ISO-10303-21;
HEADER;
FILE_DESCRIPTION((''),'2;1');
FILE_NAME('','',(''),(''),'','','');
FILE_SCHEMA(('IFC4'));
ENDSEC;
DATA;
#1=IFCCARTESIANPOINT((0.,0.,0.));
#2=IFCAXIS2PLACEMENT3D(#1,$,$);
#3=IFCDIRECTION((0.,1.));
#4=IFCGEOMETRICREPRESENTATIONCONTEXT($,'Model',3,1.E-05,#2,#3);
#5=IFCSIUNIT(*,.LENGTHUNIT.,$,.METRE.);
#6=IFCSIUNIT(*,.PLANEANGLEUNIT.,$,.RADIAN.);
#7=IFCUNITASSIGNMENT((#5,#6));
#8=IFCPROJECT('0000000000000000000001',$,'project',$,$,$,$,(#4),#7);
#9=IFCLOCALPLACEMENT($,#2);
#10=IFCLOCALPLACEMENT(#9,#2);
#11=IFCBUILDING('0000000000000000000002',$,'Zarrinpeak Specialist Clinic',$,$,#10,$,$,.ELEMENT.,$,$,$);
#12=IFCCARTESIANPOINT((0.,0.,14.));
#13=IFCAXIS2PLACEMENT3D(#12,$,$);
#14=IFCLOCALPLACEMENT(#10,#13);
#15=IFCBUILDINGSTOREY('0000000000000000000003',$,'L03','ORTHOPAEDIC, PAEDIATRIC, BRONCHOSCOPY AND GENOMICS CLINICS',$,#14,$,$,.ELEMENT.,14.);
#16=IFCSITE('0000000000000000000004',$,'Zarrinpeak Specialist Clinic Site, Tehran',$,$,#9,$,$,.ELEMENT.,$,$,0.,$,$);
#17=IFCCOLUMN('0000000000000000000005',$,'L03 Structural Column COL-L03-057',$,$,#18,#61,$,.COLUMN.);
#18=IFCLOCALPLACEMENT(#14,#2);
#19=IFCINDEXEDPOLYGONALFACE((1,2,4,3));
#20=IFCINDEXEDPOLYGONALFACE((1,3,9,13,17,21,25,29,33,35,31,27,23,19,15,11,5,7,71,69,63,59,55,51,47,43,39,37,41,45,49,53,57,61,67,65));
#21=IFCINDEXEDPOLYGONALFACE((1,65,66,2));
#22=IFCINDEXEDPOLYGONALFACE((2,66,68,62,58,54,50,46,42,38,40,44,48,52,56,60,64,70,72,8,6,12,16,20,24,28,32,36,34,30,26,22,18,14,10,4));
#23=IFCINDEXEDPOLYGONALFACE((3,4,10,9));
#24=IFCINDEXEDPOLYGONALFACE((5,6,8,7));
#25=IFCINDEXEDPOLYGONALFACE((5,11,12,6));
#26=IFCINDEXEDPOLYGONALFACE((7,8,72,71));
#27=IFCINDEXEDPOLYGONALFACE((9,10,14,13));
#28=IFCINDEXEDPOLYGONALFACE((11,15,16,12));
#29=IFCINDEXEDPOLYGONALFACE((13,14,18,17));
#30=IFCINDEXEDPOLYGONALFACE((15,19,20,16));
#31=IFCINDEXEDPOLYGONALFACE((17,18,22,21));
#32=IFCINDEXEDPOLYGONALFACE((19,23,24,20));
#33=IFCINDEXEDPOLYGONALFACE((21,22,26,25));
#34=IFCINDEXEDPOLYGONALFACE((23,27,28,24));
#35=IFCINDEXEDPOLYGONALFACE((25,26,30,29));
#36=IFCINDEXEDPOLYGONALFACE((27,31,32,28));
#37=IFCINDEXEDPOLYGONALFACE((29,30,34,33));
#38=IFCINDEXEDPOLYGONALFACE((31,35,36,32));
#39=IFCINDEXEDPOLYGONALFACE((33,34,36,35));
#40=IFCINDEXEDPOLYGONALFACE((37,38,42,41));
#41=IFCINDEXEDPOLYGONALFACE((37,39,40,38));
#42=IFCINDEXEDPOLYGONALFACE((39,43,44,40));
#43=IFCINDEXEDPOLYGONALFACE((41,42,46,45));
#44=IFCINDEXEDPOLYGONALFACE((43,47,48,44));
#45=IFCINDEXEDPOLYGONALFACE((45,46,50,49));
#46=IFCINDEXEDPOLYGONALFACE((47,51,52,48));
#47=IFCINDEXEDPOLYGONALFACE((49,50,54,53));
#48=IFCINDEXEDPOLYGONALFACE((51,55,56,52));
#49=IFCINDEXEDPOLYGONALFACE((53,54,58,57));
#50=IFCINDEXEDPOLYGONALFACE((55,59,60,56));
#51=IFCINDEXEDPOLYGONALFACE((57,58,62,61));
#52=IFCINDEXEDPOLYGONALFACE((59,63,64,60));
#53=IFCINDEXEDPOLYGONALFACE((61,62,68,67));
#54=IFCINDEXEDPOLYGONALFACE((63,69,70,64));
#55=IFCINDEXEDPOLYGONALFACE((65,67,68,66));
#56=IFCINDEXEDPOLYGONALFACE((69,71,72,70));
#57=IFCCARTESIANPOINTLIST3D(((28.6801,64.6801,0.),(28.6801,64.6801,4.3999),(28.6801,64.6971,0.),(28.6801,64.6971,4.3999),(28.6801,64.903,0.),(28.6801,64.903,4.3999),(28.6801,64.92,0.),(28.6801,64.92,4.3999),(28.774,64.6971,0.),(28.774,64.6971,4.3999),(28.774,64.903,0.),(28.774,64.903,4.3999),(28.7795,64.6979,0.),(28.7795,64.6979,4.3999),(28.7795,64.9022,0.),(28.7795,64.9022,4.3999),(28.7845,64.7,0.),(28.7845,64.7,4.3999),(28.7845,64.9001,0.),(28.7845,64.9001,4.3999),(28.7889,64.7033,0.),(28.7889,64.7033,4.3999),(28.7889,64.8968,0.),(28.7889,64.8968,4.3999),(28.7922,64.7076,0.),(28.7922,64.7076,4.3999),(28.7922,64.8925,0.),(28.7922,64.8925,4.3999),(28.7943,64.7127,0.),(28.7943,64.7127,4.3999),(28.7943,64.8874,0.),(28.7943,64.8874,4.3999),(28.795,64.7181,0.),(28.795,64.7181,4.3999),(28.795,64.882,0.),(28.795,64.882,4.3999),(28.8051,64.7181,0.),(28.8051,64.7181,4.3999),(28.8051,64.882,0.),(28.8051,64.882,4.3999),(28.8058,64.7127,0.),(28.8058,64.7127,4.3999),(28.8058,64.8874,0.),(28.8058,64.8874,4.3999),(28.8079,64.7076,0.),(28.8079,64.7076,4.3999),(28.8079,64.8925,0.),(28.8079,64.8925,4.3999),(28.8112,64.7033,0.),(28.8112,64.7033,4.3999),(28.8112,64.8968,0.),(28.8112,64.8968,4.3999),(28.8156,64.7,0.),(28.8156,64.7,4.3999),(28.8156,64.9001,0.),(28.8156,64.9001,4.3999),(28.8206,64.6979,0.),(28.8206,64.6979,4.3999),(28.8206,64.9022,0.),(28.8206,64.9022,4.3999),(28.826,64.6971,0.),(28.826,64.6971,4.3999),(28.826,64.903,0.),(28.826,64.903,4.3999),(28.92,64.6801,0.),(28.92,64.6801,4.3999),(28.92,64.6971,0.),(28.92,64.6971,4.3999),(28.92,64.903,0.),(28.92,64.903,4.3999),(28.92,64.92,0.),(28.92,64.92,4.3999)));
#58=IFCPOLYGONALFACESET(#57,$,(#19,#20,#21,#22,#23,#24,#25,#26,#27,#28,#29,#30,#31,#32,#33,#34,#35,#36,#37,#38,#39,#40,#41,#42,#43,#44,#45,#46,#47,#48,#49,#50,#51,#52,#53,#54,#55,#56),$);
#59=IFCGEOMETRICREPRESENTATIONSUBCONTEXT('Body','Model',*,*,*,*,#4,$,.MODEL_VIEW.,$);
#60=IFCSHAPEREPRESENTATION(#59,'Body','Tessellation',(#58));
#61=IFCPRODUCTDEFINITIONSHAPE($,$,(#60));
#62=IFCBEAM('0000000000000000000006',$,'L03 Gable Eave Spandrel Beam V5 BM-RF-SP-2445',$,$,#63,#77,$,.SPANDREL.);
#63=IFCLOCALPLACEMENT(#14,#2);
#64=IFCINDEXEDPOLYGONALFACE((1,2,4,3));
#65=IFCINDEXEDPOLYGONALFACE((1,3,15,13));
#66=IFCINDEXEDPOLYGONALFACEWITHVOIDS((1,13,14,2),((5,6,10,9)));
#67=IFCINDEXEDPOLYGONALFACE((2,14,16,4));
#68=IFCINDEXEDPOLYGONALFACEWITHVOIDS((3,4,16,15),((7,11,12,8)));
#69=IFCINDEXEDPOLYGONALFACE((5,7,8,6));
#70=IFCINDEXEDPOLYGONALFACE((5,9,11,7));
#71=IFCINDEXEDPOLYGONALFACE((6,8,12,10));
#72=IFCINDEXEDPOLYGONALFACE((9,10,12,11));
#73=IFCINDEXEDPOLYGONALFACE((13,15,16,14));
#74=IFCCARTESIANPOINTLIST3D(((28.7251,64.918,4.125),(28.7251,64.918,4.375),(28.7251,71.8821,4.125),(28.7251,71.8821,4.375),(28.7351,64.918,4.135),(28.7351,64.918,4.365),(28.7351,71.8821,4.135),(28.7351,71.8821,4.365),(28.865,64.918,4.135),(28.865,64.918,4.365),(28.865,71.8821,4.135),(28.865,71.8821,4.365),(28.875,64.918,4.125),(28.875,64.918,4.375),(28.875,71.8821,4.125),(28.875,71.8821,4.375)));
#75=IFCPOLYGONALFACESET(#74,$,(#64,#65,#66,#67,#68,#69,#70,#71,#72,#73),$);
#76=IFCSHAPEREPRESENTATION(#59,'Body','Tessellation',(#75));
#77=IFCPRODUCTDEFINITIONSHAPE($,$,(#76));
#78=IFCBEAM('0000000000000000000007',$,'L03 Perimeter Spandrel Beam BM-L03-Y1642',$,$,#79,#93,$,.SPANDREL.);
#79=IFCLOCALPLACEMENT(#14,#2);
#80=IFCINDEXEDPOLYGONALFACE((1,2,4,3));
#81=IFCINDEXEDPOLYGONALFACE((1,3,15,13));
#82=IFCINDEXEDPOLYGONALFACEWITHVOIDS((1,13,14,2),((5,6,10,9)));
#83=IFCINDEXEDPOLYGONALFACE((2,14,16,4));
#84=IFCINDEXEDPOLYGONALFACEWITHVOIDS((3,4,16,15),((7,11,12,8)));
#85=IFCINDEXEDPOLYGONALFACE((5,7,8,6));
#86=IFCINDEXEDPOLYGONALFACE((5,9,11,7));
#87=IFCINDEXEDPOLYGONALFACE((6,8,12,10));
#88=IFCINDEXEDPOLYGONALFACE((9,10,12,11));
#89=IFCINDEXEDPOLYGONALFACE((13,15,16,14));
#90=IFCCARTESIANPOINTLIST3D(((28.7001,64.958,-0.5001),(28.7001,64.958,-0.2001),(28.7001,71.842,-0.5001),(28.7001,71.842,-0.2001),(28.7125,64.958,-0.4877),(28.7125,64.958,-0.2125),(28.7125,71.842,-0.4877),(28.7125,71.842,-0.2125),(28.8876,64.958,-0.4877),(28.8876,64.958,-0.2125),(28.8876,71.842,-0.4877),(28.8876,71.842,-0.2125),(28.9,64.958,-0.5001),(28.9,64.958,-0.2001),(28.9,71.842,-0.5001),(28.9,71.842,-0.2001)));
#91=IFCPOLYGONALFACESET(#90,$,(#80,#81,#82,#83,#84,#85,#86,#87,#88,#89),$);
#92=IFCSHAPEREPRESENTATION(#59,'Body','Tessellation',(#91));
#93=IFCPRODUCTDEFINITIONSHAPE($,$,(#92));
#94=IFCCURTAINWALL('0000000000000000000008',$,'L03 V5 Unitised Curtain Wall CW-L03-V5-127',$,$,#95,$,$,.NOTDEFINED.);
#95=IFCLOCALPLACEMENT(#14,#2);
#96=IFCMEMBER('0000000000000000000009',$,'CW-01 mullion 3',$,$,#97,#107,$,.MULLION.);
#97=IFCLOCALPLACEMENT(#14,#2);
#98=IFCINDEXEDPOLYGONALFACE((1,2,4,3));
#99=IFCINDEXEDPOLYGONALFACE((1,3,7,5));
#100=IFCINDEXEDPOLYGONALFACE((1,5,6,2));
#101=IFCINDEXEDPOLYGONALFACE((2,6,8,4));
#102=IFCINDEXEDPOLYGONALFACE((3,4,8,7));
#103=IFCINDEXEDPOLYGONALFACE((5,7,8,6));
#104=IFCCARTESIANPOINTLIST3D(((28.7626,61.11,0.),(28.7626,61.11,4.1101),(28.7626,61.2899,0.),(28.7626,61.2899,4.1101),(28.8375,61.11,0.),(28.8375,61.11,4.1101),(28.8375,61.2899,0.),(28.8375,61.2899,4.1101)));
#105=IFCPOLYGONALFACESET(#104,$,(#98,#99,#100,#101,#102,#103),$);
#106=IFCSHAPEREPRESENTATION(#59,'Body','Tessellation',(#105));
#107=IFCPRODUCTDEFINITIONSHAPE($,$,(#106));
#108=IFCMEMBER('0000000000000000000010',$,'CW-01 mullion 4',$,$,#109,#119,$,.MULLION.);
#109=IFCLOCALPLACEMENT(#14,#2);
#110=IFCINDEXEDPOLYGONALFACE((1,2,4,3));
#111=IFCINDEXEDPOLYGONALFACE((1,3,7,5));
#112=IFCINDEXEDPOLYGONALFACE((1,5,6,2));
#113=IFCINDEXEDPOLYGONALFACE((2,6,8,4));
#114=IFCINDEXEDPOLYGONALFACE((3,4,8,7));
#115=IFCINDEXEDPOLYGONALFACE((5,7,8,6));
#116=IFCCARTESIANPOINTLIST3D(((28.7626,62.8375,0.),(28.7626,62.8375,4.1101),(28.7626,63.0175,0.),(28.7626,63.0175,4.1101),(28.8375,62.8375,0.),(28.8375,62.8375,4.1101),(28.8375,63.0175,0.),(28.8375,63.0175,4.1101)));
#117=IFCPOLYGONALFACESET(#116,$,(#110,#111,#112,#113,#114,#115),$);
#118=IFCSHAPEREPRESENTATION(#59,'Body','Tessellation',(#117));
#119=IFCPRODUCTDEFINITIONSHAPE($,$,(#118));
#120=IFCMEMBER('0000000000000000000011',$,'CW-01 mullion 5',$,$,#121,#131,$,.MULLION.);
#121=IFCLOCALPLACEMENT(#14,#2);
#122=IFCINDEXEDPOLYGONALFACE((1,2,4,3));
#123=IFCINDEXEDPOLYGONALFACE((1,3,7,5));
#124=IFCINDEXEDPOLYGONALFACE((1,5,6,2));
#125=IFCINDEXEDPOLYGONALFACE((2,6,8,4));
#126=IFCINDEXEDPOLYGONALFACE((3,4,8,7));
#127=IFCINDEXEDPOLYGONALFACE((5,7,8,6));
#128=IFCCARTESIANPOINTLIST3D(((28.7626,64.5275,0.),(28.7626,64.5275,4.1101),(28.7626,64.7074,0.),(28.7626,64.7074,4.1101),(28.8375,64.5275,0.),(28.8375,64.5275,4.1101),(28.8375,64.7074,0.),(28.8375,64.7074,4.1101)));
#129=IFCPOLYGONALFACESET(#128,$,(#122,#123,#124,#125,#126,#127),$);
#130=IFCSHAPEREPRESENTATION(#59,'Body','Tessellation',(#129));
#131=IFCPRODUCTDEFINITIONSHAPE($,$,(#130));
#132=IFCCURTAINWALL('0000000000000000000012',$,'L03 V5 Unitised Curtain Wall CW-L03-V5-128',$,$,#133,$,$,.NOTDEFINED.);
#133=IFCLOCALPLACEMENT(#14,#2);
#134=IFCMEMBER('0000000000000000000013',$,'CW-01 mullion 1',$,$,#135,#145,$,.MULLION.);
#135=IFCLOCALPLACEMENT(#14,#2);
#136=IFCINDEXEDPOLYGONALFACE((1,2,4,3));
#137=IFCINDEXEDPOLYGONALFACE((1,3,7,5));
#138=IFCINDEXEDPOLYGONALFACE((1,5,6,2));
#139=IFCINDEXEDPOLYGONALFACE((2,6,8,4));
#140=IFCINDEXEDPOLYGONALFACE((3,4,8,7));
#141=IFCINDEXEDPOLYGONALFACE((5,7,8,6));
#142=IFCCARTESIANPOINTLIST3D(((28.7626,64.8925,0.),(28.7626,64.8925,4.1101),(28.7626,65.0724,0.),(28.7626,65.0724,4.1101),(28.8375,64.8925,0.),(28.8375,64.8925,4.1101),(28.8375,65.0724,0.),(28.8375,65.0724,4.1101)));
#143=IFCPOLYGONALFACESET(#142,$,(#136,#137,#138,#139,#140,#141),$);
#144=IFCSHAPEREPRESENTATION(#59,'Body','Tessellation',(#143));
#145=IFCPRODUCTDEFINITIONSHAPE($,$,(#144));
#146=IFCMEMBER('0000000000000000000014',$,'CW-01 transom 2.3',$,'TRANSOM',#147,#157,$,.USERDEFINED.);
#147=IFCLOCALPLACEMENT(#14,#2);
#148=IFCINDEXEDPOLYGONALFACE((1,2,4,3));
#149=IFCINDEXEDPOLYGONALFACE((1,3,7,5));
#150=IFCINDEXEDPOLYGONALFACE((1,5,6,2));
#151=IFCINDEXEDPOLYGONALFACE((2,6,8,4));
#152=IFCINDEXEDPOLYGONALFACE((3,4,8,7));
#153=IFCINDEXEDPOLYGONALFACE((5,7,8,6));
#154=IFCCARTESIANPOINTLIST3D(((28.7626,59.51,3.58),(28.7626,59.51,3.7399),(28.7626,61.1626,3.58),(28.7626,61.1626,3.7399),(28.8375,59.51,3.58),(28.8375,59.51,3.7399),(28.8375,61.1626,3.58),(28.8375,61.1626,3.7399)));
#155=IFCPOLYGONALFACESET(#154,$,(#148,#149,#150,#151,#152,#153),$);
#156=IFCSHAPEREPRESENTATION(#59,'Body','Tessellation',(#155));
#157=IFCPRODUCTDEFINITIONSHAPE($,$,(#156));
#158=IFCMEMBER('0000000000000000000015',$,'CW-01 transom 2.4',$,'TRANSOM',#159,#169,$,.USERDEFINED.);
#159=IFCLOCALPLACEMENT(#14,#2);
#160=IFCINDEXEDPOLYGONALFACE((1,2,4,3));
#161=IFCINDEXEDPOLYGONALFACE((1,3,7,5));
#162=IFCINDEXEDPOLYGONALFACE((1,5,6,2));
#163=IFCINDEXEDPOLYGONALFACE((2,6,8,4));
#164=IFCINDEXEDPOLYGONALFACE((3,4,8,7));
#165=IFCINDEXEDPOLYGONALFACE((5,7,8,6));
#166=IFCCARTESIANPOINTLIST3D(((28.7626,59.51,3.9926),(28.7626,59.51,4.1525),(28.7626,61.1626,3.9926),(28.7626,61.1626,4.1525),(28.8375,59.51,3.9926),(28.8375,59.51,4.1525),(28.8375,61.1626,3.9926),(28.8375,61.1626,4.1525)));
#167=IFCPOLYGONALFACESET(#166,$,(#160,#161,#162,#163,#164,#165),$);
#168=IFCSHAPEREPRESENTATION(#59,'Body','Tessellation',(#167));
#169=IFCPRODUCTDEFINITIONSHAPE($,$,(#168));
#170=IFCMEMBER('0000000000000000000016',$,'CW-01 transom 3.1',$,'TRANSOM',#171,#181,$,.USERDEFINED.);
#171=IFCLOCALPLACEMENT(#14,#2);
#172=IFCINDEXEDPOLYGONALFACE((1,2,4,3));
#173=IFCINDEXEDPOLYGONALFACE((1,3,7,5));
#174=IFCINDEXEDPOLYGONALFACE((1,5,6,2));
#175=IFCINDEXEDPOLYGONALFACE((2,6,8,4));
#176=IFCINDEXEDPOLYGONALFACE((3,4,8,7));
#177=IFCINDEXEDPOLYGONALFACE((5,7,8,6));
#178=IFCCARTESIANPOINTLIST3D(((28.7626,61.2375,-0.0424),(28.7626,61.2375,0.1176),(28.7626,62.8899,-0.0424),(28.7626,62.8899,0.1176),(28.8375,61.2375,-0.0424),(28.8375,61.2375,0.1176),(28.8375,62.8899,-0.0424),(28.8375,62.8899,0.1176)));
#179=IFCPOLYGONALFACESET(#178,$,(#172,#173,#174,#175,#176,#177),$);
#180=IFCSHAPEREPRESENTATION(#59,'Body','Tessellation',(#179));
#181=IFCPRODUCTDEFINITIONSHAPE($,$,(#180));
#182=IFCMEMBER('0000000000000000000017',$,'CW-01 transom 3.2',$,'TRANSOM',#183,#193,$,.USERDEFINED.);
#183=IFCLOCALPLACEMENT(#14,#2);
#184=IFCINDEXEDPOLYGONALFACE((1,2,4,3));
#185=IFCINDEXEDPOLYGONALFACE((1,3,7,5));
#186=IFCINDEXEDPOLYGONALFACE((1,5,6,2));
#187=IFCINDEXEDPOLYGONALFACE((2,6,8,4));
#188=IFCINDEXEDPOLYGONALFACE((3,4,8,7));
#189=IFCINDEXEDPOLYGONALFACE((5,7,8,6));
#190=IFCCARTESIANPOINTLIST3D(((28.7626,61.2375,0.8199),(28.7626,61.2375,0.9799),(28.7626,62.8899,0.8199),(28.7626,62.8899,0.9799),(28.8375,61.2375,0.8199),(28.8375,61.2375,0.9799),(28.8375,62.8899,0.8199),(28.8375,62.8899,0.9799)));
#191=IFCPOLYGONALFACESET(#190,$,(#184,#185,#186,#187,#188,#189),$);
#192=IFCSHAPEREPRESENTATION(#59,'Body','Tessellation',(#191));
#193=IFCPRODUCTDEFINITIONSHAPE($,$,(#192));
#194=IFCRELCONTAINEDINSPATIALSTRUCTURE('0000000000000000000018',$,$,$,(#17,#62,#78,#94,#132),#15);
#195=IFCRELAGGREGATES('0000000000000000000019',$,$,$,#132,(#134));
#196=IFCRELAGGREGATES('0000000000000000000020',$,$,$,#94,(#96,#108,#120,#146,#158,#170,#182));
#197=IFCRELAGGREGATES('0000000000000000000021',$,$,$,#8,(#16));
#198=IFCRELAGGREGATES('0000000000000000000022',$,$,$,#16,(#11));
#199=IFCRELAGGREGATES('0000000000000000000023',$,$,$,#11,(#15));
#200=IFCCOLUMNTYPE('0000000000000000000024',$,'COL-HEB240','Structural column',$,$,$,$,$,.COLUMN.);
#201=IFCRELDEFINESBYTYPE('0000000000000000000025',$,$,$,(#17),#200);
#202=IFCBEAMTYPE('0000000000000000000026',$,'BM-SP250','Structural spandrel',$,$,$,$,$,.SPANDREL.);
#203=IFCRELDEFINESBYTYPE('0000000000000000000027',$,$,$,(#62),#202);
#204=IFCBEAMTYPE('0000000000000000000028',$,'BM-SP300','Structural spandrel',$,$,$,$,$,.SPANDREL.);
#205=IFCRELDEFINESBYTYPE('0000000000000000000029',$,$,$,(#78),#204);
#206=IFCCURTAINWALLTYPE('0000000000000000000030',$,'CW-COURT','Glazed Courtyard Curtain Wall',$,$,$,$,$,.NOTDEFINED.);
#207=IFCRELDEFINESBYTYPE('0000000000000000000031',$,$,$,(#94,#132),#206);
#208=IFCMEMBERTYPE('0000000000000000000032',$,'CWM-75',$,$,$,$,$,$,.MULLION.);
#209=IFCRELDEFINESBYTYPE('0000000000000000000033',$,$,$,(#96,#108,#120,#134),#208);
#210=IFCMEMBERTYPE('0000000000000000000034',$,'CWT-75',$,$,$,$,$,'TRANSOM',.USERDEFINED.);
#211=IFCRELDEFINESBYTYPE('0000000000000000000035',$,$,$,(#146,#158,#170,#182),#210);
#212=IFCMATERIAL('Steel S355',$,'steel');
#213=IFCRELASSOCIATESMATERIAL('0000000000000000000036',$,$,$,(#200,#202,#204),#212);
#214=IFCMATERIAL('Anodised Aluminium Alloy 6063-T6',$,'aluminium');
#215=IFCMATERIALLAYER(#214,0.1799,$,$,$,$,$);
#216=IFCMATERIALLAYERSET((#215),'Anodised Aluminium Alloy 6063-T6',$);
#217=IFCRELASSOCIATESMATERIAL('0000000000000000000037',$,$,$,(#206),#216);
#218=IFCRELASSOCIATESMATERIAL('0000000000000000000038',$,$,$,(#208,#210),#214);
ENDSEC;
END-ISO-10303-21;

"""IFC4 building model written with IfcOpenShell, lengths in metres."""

from ifc_helpers import new_model, si_unit, direction, frame, origin, origin_2d, place, context, subcontext, project, spatial, rectangle, hollow_rectangle, i_section, extrude, material, layer, layer_set, material_profile, profile_set, type_object, element, aggregate, save


model = new_model("IFC4")

# Units and contexts
model_context = context("Model", 3, precision=1e-05, world=origin(), true_north=direction((0.0, 1.0)))
body_context = subcontext(model_context, "Body", "Model", "MODEL_VIEW")
ifc_project = project(units=[si_unit("LENGTHUNIT", "METRE"), si_unit("PLANEANGLEUNIT", "RADIAN")], contexts=[model_context])

# Site, building, storey
site_placement = place(None, origin())
site = spatial("IfcSite", under=ifc_project, at=site_placement, Name="Zarrinpeak Specialist Clinic Site, Tehran", CompositionType="ELEMENT", RefElevation=0.0)
building_placement = place(site_placement, origin())
building = spatial("IfcBuilding", under=site, at=building_placement, Name="Zarrinpeak Specialist Clinic", CompositionType="ELEMENT")
storey_placement = place(building_placement, frame((0.0, 0.0, 14.0)))
storey = spatial("IfcBuildingStorey", under=building, at=storey_placement, Name="L03", Description="ORTHOPAEDIC, PAEDIATRIC, BRONCHOSCOPY AND GENOMICS CLINICS", CompositionType="ELEMENT", Elevation=14.0)

# Column
ifc_material_1 = material(Name="Steel S355", Category="steel")
ifc_material_profile_1 = material_profile(ifc_material_1, i_section(OverallWidth=0.24, OverallDepth=0.24, WebThickness=0.01, FlangeThickness=0.0171, FilletRadius=0.021, at=origin_2d()), Name="HEB 240")
ifc_profile_set_1 = profile_set([ifc_material_profile_1], Name="Steel S355")
column_type = type_object("IfcColumnType", Name="COL-HEB240", Description="Structural column", PredefinedType="COLUMN", material=ifc_profile_set_1)
column_placement = place(storey_placement, frame((28.8, 64.8, 0.0), z_axis=(0.0, 0.0, 1.0), x_axis=(1.0, 0.0, 0.0)))
element("IfcColumn", 1, at=column_placement, inside=storey, type_object=column_type, Name="L03 Structural Column COL-L03-057", PredefinedType="COLUMN", context=body_context, shape_type="SweptSolid", body=[
    extrude(i_section(OverallWidth=0.24, OverallDepth=0.24, WebThickness=0.01, FlangeThickness=0.0171, FilletRadius=0.021, at=origin_2d()), origin(), (0.0, 0.0, 1.0), 4.3999),
])

# Beams
ifc_material_profile_2 = material_profile(ifc_material_1, hollow_rectangle(XDim=0.1499, YDim=0.25, WallThickness=0.01, at=origin_2d()), Name="RHS 250x150x10.0")
ifc_profile_set_2 = profile_set([ifc_material_profile_2], Name="Steel S355")
beam_type_1 = type_object("IfcBeamType", Name="BM-SP250", Description="Structural spandrel", PredefinedType="SPANDREL", material=ifc_profile_set_2)
beam_1_placement = place(storey_placement, frame((28.8, 64.918, 4.25), z_axis=(0.0, 1.0, 0.0), x_axis=(-1.0, 0.0, 0.0)))
element("IfcBeam", 2, at=beam_1_placement, inside=storey, type_object=beam_type_1, Name="L03 Gable Eave Spandrel Beam V5 BM-RF-SP-2445", PredefinedType="SPANDREL", context=body_context, shape_type="SweptSolid", body=[
    extrude(hollow_rectangle(XDim=0.1499, YDim=0.25, WallThickness=0.01, at=origin_2d()), origin(), (0.0, 0.0, 1.0), 6.9641),
])
ifc_material_profile_3 = material_profile(ifc_material_1, hollow_rectangle(XDim=0.2, YDim=0.3, WallThickness=0.0125, at=origin_2d()), Name="RHS 300x200x12.5")
ifc_profile_set_3 = profile_set([ifc_material_profile_3], Name="Steel S355")
beam_type_2 = type_object("IfcBeamType", Name="BM-SP300", Description="Structural spandrel", PredefinedType="SPANDREL", material=ifc_profile_set_3)
beam_2_placement = place(storey_placement, frame((28.8, 64.958, -0.3501), z_axis=(0.0, 1.0, 0.0), x_axis=(-1.0, 0.0, 0.0)))
element("IfcBeam", 3, at=beam_2_placement, inside=storey, type_object=beam_type_2, Name="L03 Perimeter Spandrel Beam BM-L03-Y1642", PredefinedType="SPANDREL", context=body_context, shape_type="SweptSolid", body=[
    extrude(hollow_rectangle(XDim=0.2, YDim=0.3, WallThickness=0.0125, at=origin_2d()), origin(), (0.0, 0.0, 1.0), 6.884),
])

# Curtain wall, members
ifc_material_2 = material(Name="Anodised Aluminium Alloy 6063-T6", Category="aluminium")
ifc_layer_1 = layer(ifc_material_2, 0.1799)
ifc_layer_set_1 = layer_set([ifc_layer_1], Name="Anodised Aluminium Alloy 6063-T6")
curtain_wall_type = type_object("IfcCurtainWallType", Name="CW-COURT", Description="Glazed Courtyard Curtain Wall", PredefinedType="NOTDEFINED", material=ifc_layer_set_1)
curtain_wall_1_placement = place(storey_placement, origin())
curtain_wall_1 = element("IfcCurtainWall", 4, at=curtain_wall_1_placement, inside=storey, type_object=curtain_wall_type, Name="L03 V5 Unitised Curtain Wall CW-L03-V5-127", PredefinedType="NOTDEFINED")
ifc_material_profile_4 = material_profile(ifc_material_2, rectangle(XDim=0.075, YDim=0.1799, at=origin_2d()), Name="ALU 75x180")
ifc_profile_set_4 = profile_set([ifc_material_profile_4], Name="Anodised Aluminium Alloy 6063-T6")
member_type_1 = type_object("IfcMemberType", Name="CWM-75", PredefinedType="MULLION", material=ifc_profile_set_4)
member_1_placement = place(storey_placement, frame((28.8, 61.2, 0.0), z_axis=(0.0, 0.0, 1.0), x_axis=(-1.0, 0.0, 0.0)))
member_1 = element("IfcMember", 5, at=member_1_placement, type_object=member_type_1, Name="CW-01 mullion 3", PredefinedType="MULLION", context=body_context, shape_type="SweptSolid", body=[
    extrude(rectangle(XDim=0.075, YDim=0.1799, at=origin_2d()), origin(), (0.0, 0.0, 1.0), 4.1101),
])
member_2_placement = place(storey_placement, frame((28.8, 62.9275, 0.0), z_axis=(0.0, 0.0, 1.0), x_axis=(-1.0, 0.0, 0.0)))
member_2 = element("IfcMember", 6, at=member_2_placement, type_object=member_type_1, Name="CW-01 mullion 4", PredefinedType="MULLION", context=body_context, shape_type="SweptSolid", body=[
    extrude(rectangle(XDim=0.075, YDim=0.1799, at=origin_2d()), origin(), (0.0, 0.0, 1.0), 4.1101),
])
member_3_placement = place(storey_placement, frame((28.8, 64.6174, 0.0), z_axis=(0.0, 0.0, 1.0), x_axis=(-1.0, 0.0, 0.0)))
member_3 = element("IfcMember", 7, at=member_3_placement, type_object=member_type_1, Name="CW-01 mullion 5", PredefinedType="MULLION", context=body_context, shape_type="SweptSolid", body=[
    extrude(rectangle(XDim=0.075, YDim=0.1799, at=origin_2d()), origin(), (0.0, 0.0, 1.0), 4.1101),
])

# Curtain wall, member
curtain_wall_2_placement = place(storey_placement, origin())
curtain_wall_2 = element("IfcCurtainWall", 8, at=curtain_wall_2_placement, inside=storey, type_object=curtain_wall_type, Name="L03 V5 Unitised Curtain Wall CW-L03-V5-128", PredefinedType="NOTDEFINED")
member_4_placement = place(storey_placement, frame((28.8, 64.9824, 0.0), z_axis=(0.0, 0.0, 1.0), x_axis=(-1.0, 0.0, 0.0)))
member_4 = element("IfcMember", 9, at=member_4_placement, type_object=member_type_1, Name="CW-01 mullion 1", PredefinedType="MULLION", context=body_context, shape_type="SweptSolid", body=[
    extrude(rectangle(XDim=0.075, YDim=0.1799, at=origin_2d()), origin(), (0.0, 0.0, 1.0), 4.1101),
])
aggregate(curtain_wall_2, [member_4])

# Members
ifc_material_profile_5 = material_profile(ifc_material_2, rectangle(XDim=0.075, YDim=0.1599, at=origin_2d()), Name="ALU 75x160")
ifc_profile_set_5 = profile_set([ifc_material_profile_5], Name="Anodised Aluminium Alloy 6063-T6")
member_type_2 = type_object("IfcMemberType", Name="CWT-75", ElementType="TRANSOM", PredefinedType="USERDEFINED", material=ifc_profile_set_5)
member_5_placement = place(storey_placement, frame((28.8, 59.51, 3.6599), z_axis=(0.0, 1.0, 0.0), x_axis=(-1.0, 0.0, 0.0)))
member_5 = element("IfcMember", 10, at=member_5_placement, type_object=member_type_2, Name="CW-01 transom 2.3", ObjectType="TRANSOM", PredefinedType="USERDEFINED", context=body_context, shape_type="SweptSolid", body=[
    extrude(rectangle(XDim=0.075, YDim=0.1599, at=origin_2d()), origin(), (0.0, 0.0, 1.0), 1.6526),
])
member_6_placement = place(storey_placement, frame((28.8, 59.51, 4.0725), z_axis=(0.0, 1.0, 0.0), x_axis=(-1.0, 0.0, 0.0)))
member_6 = element("IfcMember", 11, at=member_6_placement, type_object=member_type_2, Name="CW-01 transom 2.4", ObjectType="TRANSOM", PredefinedType="USERDEFINED", context=body_context, shape_type="SweptSolid", body=[
    extrude(rectangle(XDim=0.075, YDim=0.1599, at=origin_2d()), origin(), (0.0, 0.0, 1.0), 1.6526),
])
member_7_placement = place(storey_placement, frame((28.8, 61.2375, 0.0376), z_axis=(0.0, 1.0, 0.0), x_axis=(-1.0, 0.0, 0.0)))
member_7 = element("IfcMember", 12, at=member_7_placement, type_object=member_type_2, Name="CW-01 transom 3.1", ObjectType="TRANSOM", PredefinedType="USERDEFINED", context=body_context, shape_type="SweptSolid", body=[
    extrude(rectangle(XDim=0.075, YDim=0.1599, at=origin_2d()), origin(), (0.0, 0.0, 1.0), 1.6523),
])
member_8_placement = place(storey_placement, frame((28.8, 61.2375, 0.8999), z_axis=(0.0, 1.0, 0.0), x_axis=(-1.0, 0.0, 0.0)))
member_8 = element("IfcMember", 13, at=member_8_placement, type_object=member_type_2, Name="CW-01 transom 3.2", ObjectType="TRANSOM", PredefinedType="USERDEFINED", context=body_context, shape_type="SweptSolid", body=[
    extrude(rectangle(XDim=0.075, YDim=0.1599, at=origin_2d()), origin(), (0.0, 0.0, 1.0), 1.6523),
])

aggregate(curtain_wall_1, [member_1, member_2, member_3, member_5, member_6, member_7, member_8])

save(model, "model.ifc")
